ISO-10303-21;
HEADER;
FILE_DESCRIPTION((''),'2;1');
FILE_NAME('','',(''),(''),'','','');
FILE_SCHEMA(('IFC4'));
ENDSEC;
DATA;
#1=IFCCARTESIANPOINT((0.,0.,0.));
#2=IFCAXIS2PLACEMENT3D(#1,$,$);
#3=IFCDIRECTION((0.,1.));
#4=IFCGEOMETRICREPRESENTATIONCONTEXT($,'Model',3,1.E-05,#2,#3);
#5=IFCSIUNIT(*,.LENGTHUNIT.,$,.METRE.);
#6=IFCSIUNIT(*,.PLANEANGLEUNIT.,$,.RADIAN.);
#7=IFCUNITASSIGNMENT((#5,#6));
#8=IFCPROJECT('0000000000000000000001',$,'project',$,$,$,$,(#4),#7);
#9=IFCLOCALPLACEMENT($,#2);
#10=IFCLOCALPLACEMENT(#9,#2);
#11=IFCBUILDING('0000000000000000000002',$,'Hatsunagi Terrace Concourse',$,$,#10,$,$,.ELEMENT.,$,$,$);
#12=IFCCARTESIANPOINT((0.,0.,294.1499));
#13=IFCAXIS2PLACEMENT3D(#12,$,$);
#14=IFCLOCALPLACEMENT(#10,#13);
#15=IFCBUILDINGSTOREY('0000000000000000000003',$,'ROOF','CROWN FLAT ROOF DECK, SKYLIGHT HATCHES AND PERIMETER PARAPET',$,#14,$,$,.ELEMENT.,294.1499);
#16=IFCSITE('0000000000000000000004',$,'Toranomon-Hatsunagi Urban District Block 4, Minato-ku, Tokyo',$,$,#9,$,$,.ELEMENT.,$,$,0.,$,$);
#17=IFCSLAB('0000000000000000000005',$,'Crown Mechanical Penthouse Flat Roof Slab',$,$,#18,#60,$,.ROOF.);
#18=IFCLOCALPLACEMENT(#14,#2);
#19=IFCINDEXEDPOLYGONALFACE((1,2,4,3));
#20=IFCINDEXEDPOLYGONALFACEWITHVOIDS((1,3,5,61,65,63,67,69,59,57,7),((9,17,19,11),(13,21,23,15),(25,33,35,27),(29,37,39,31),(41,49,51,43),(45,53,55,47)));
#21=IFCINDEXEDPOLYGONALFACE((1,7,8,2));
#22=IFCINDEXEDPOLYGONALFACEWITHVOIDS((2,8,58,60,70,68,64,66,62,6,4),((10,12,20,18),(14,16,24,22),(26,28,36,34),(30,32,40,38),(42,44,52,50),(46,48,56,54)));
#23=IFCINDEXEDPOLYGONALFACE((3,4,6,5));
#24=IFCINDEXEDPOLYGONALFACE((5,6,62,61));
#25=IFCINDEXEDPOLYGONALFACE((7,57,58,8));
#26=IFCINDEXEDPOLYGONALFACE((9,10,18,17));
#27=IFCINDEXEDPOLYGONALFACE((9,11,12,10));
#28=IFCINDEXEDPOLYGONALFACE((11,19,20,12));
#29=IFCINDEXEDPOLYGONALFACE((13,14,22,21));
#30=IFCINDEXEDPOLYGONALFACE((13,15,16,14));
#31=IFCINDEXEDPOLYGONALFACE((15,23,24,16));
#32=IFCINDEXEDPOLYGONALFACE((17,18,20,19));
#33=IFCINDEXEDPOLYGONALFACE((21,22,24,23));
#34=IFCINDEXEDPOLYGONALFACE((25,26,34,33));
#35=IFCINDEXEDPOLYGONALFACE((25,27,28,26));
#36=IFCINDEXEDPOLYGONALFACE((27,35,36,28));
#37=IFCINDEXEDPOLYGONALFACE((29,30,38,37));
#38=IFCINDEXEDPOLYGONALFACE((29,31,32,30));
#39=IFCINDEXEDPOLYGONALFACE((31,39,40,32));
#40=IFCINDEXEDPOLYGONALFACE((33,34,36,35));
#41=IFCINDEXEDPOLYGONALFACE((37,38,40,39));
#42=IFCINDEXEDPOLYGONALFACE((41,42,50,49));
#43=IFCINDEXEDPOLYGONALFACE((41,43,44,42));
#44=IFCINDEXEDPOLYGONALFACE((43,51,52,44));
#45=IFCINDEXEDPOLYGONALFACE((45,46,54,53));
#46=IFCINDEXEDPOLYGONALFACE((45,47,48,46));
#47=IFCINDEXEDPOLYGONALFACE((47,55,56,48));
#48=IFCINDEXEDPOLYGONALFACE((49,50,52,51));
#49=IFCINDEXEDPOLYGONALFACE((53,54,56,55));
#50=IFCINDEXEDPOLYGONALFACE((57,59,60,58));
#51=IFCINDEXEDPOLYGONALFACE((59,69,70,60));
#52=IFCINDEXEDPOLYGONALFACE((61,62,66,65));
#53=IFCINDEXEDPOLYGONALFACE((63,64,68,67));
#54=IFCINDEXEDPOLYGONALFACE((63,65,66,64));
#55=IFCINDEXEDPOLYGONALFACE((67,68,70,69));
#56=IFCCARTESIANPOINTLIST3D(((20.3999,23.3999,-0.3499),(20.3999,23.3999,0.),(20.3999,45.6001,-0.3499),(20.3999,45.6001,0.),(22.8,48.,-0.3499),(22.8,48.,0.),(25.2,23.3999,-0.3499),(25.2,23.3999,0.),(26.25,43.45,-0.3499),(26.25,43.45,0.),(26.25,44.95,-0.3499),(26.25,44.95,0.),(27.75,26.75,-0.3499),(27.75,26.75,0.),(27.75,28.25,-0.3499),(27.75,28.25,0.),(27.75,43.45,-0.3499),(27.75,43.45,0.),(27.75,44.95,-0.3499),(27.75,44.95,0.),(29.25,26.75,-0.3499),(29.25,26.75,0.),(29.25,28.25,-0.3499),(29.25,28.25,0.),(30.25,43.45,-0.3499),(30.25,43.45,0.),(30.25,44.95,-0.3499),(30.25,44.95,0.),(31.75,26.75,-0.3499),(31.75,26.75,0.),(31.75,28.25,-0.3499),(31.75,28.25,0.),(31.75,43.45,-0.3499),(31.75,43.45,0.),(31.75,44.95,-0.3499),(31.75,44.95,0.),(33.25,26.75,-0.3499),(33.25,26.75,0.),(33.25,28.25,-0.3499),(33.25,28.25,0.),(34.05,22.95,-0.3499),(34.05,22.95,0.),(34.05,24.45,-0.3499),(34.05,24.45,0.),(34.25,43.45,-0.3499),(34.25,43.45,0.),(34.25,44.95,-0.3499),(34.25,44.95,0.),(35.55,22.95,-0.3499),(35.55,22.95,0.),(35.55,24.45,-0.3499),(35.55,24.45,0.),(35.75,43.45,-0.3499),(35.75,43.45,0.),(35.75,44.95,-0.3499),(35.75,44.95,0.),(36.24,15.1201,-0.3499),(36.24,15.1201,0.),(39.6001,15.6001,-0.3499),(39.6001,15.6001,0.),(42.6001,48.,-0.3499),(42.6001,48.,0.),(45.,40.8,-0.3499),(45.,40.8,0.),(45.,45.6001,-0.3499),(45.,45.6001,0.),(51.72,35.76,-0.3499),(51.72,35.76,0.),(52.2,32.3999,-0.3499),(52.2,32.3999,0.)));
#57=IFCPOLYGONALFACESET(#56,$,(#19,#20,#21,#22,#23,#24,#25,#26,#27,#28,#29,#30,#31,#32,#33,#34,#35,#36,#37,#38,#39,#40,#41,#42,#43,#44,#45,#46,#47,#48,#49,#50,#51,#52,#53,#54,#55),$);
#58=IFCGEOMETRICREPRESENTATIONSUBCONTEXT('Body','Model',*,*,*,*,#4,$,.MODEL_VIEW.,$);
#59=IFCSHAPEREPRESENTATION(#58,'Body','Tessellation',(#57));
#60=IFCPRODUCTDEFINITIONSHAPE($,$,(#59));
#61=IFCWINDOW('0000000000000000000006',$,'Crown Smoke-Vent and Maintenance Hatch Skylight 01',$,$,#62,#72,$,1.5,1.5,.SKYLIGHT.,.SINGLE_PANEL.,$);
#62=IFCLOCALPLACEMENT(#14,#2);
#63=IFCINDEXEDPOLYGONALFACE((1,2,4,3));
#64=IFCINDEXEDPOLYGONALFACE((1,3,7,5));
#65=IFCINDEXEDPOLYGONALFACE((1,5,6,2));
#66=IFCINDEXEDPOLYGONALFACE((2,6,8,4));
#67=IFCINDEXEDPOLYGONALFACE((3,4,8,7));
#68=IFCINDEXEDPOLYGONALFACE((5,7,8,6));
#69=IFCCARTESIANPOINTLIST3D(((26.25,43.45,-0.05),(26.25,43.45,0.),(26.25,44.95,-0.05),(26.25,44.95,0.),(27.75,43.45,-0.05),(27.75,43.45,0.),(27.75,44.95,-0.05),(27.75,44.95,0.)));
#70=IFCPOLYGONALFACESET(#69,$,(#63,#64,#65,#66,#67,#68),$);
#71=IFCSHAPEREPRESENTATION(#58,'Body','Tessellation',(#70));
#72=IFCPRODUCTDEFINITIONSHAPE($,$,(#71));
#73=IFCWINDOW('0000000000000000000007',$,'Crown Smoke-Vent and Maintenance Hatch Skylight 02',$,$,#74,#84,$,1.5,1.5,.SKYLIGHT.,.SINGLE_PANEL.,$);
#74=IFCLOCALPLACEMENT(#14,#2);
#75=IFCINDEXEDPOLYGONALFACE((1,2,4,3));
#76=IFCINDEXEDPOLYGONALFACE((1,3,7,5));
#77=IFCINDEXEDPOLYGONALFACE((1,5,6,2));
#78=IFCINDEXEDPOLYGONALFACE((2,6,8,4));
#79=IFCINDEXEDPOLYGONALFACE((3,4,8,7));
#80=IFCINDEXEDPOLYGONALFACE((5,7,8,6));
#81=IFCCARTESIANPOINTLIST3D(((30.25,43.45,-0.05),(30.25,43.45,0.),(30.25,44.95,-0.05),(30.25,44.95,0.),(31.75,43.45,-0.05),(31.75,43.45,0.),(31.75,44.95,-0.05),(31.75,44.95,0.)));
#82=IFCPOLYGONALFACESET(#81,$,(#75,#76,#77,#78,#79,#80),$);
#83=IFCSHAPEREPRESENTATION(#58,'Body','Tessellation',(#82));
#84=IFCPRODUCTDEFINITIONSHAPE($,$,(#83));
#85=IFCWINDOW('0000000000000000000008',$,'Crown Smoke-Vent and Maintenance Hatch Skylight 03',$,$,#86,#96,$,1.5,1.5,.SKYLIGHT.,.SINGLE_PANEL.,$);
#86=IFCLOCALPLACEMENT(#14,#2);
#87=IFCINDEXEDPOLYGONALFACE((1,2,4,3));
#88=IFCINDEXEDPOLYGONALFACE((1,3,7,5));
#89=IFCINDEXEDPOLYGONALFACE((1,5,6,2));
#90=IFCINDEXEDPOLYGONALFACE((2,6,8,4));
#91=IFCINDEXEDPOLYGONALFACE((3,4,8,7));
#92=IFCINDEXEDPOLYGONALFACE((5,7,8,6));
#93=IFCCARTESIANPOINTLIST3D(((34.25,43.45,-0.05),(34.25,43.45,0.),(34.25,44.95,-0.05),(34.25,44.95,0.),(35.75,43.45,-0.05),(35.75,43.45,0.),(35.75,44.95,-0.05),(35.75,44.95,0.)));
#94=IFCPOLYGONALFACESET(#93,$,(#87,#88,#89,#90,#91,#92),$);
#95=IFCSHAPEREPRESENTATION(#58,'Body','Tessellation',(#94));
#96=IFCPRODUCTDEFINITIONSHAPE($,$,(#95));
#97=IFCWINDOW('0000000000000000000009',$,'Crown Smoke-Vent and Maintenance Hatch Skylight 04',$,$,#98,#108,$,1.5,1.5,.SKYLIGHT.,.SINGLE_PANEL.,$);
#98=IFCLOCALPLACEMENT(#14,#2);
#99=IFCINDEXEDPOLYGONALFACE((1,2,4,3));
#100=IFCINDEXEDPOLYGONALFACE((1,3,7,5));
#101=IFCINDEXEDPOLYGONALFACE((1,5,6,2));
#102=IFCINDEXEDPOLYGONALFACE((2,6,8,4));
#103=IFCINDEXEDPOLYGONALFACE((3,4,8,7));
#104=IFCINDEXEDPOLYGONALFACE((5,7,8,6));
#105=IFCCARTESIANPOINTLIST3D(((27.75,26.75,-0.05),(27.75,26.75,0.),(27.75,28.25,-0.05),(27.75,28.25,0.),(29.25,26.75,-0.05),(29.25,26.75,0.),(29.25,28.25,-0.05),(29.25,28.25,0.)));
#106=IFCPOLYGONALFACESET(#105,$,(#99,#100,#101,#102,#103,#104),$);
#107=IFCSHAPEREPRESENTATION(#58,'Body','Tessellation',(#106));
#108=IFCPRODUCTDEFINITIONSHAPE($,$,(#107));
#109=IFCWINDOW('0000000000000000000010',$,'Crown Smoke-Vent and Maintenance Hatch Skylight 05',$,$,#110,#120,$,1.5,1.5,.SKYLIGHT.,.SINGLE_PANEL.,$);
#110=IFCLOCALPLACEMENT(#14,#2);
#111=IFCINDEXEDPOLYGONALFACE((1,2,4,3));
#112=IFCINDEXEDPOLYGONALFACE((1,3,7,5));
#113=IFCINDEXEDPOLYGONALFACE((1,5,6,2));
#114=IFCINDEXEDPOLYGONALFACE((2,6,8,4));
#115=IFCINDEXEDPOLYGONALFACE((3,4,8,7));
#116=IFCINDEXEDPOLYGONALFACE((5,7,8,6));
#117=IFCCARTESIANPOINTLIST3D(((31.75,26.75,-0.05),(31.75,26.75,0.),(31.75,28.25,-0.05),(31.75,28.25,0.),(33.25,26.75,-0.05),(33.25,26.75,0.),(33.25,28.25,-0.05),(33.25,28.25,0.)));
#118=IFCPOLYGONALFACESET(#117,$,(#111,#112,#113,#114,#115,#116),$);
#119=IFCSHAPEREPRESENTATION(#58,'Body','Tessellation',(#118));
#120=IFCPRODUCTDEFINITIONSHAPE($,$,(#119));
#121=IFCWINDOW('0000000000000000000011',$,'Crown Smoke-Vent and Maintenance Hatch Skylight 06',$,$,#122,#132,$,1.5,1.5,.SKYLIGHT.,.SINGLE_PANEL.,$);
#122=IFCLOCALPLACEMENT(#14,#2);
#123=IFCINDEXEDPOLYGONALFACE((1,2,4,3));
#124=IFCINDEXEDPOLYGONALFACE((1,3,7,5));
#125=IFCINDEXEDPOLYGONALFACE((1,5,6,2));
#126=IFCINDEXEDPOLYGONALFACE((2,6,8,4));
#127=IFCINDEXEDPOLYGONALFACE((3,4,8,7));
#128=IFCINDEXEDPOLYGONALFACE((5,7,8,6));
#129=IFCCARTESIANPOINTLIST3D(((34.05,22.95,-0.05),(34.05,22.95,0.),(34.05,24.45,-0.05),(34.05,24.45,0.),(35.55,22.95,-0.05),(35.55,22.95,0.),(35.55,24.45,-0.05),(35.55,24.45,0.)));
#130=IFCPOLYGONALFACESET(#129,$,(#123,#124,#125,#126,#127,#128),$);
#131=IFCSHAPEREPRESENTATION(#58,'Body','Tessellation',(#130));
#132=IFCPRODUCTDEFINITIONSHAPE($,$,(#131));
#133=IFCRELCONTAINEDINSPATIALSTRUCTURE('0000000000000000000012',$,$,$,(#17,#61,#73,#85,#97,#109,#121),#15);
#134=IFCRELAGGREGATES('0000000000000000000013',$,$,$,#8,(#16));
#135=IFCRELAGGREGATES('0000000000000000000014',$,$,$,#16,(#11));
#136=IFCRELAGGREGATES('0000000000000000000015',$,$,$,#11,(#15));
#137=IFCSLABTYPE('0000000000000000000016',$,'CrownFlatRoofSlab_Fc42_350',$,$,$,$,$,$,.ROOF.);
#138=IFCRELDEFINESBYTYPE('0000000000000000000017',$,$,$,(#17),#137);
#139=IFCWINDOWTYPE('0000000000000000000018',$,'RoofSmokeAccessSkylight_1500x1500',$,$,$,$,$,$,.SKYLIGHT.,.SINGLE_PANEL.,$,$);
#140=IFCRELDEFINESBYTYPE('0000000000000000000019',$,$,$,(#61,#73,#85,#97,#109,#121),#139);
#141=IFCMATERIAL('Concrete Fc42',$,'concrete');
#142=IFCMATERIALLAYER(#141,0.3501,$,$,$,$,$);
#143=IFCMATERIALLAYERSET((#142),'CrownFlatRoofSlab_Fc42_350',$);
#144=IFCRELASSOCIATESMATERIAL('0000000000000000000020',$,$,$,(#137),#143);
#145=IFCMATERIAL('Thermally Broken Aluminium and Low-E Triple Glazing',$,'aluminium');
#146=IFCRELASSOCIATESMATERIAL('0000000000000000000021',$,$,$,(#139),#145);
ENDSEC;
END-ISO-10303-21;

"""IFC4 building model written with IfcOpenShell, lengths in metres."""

from ifc_helpers import new_model, si_unit, direction, frame, origin, origin_2d, place, context, subcontext, project, spatial, polyline, rectangle, outline, extrude, material, layer, layer_set, type_object, element, fill, save


model = new_model("IFC4")

# Units and contexts
model_context = context("Model", 3, precision=1e-05, world=origin(), true_north=direction((0.0, 1.0)))
body_context = subcontext(model_context, "Body", "Model", "MODEL_VIEW")
ifc_project = project(units=[si_unit("LENGTHUNIT", "METRE"), si_unit("PLANEANGLEUNIT", "RADIAN")], contexts=[model_context])

# Site, building, storey
site_placement = place(None, origin())
site = spatial("IfcSite", under=ifc_project, at=site_placement, Name="Toranomon-Hatsunagi Urban District Block 4, Minato-ku, Tokyo", CompositionType="ELEMENT", RefElevation=0.0)
building_placement = place(site_placement, origin())
building = spatial("IfcBuilding", under=site, at=building_placement, Name="Hatsunagi Terrace Concourse", CompositionType="ELEMENT")
storey_placement = place(building_placement, frame((0.0, 0.0, 294.1499)))
storey = spatial("IfcBuildingStorey", under=building, at=storey_placement, Name="ROOF", Description="CROWN FLAT ROOF DECK, SKYLIGHT HATCHES AND PERIMETER PARAPET", CompositionType="ELEMENT", Elevation=294.1499)

# Slab, openings, windows
ifc_material_1 = material(Name="Concrete Fc42", Category="concrete")
ifc_layer_1 = layer(ifc_material_1, 0.3501)
ifc_layer_set_1 = layer_set([ifc_layer_1], Name="CrownFlatRoofSlab_Fc42_350")
slab_type = type_object("IfcSlabType", Name="CrownFlatRoofSlab_Fc42_350", PredefinedType="ROOF", material=ifc_layer_set_1)
slab_placement = place(storey_placement, frame((0.0, 0.0, -0.3499)))
slab = element("IfcSlab", 1, at=slab_placement, inside=storey, type_object=slab_type, Name="Crown Mechanical Penthouse Flat Roof Slab", PredefinedType="ROOF", context=body_context, shape_type="SweptSolid", body=[
    extrude(outline(polyline([(45.0, 40.8), (45.0, 45.6001), (42.6001, 48.0), (22.8, 48.0), (20.3999, 45.6001), (20.3999, 23.3999), (25.2, 23.3999), (36.24, 15.1201), (39.6001, 15.6001), (52.2, 32.3999), (51.72, 35.76), (45.0, 40.8)]), holes=[polyline([(26.25, 43.45), (27.75, 43.45), (27.75, 44.95), (26.25, 44.95), (26.25, 43.45)]), polyline([(30.25, 43.45), (31.75, 43.45), (31.75, 44.95), (30.25, 44.95), (30.25, 43.45)]), polyline([(34.25, 43.45), (35.75, 43.45), (35.75, 44.95), (34.25, 44.95), (34.25, 43.45)]), polyline([(27.75, 26.75), (29.25, 26.75), (29.25, 28.25), (27.75, 28.25), (27.75, 26.75)]), polyline([(31.75, 26.75), (33.25, 26.75), (33.25, 28.25), (31.75, 28.25), (31.75, 26.75)]), polyline([(34.05, 22.95), (35.55, 22.95), (35.55, 24.45), (34.05, 24.45), (34.05, 22.95)])]), origin(), (0.0, 0.0, 1.0), 0.3499),
])
opening_1_placement = place(slab_placement, frame((27.0, 44.2, 0.0)))
opening_1 = element("IfcOpeningElement", 2, at=opening_1_placement, cuts=slab, PredefinedType="OPENING", context=body_context, shape_type="SweptSolid", body=[
    extrude(rectangle(XDim=1.5, YDim=1.5, at=origin_2d()), origin(), (0.0, 0.0, 1.0), 0.3499),
])
opening_2_placement = place(slab_placement, frame((31.0, 44.2, 0.0)))
opening_2 = element("IfcOpeningElement", 3, at=opening_2_placement, cuts=slab, PredefinedType="OPENING", context=body_context, shape_type="SweptSolid", body=[
    extrude(rectangle(XDim=1.5, YDim=1.5, at=origin_2d()), origin(), (0.0, 0.0, 1.0), 0.3499),
])
opening_3_placement = place(slab_placement, frame((35.0, 44.2, 0.0)))
opening_3 = element("IfcOpeningElement", 4, at=opening_3_placement, cuts=slab, PredefinedType="OPENING", context=body_context, shape_type="SweptSolid", body=[
    extrude(rectangle(XDim=1.5, YDim=1.5, at=origin_2d()), origin(), (0.0, 0.0, 1.0), 0.3499),
])
opening_4_placement = place(slab_placement, frame((28.5, 27.5, 0.0)))
opening_4 = element("IfcOpeningElement", 5, at=opening_4_placement, cuts=slab, PredefinedType="OPENING", context=body_context, shape_type="SweptSolid", body=[
    extrude(rectangle(XDim=1.5, YDim=1.5, at=origin_2d()), origin(), (0.0, 0.0, 1.0), 0.3499),
])
opening_5_placement = place(slab_placement, frame((32.5, 27.5, 0.0)))
opening_5 = element("IfcOpeningElement", 6, at=opening_5_placement, cuts=slab, PredefinedType="OPENING", context=body_context, shape_type="SweptSolid", body=[
    extrude(rectangle(XDim=1.5, YDim=1.5, at=origin_2d()), origin(), (0.0, 0.0, 1.0), 0.3499),
])
opening_6_placement = place(slab_placement, frame((34.8, 23.7, 0.0)))
opening_6 = element("IfcOpeningElement", 7, at=opening_6_placement, cuts=slab, PredefinedType="OPENING", context=body_context, shape_type="SweptSolid", body=[
    extrude(rectangle(XDim=1.5, YDim=1.5, at=origin_2d()), origin(), (0.0, 0.0, 1.0), 0.3499),
])
ifc_material_2 = material(Name="Thermally Broken Aluminium and Low-E Triple Glazing", Category="aluminium")
window_type = type_object("IfcWindowType", Name="RoofSmokeAccessSkylight_1500x1500", PartitioningType="SINGLE_PANEL", PredefinedType="SKYLIGHT", material=ifc_material_2)
window_1_placement = place(opening_1_placement, frame((0.0, 0.0, 0.2998)))
window_1 = element("IfcWindow", 8, at=window_1_placement, inside=storey, type_object=window_type, Name="Crown Smoke-Vent and Maintenance Hatch Skylight 01", OverallHeight=1.5, OverallWidth=1.5, PartitioningType="SINGLE_PANEL", PredefinedType="SKYLIGHT", context=body_context, shape_type="SweptSolid", body=[
    extrude(rectangle(XDim=1.5, YDim=1.5, at=origin_2d()), origin(), (0.0, 0.0, 1.0), 0.05),
])
fill(opening_1, window_1)
window_2_placement = place(opening_2_placement, frame((0.0, 0.0, 0.2998)))
window_2 = element("IfcWindow", 9, at=window_2_placement, inside=storey, type_object=window_type, Name="Crown Smoke-Vent and Maintenance Hatch Skylight 02", OverallHeight=1.5, OverallWidth=1.5, PartitioningType="SINGLE_PANEL", PredefinedType="SKYLIGHT", context=body_context, shape_type="SweptSolid", body=[
    extrude(rectangle(XDim=1.5, YDim=1.5, at=origin_2d()), origin(), (0.0, 0.0, 1.0), 0.05),
])
fill(opening_2, window_2)
window_3_placement = place(opening_3_placement, frame((0.0, 0.0, 0.2998)))
window_3 = element("IfcWindow", 10, at=window_3_placement, inside=storey, type_object=window_type, Name="Crown Smoke-Vent and Maintenance Hatch Skylight 03", OverallHeight=1.5, OverallWidth=1.5, PartitioningType="SINGLE_PANEL", PredefinedType="SKYLIGHT", context=body_context, shape_type="SweptSolid", body=[
    extrude(rectangle(XDim=1.5, YDim=1.5, at=origin_2d()), origin(), (0.0, 0.0, 1.0), 0.05),
])
fill(opening_3, window_3)
window_4_placement = place(opening_4_placement, frame((0.0, 0.0, 0.2998)))
window_4 = element("IfcWindow", 11, at=window_4_placement, inside=storey, type_object=window_type, Name="Crown Smoke-Vent and Maintenance Hatch Skylight 04", OverallHeight=1.5, OverallWidth=1.5, PartitioningType="SINGLE_PANEL", PredefinedType="SKYLIGHT", context=body_context, shape_type="SweptSolid", body=[
    extrude(rectangle(XDim=1.5, YDim=1.5, at=origin_2d()), origin(), (0.0, 0.0, 1.0), 0.05),
])
fill(opening_4, window_4)
window_5_placement = place(opening_5_placement, frame((0.0, 0.0, 0.2998)))
window_5 = element("IfcWindow", 12, at=window_5_placement, inside=storey, type_object=window_type, Name="Crown Smoke-Vent and Maintenance Hatch Skylight 05", OverallHeight=1.5, OverallWidth=1.5, PartitioningType="SINGLE_PANEL", PredefinedType="SKYLIGHT", context=body_context, shape_type="SweptSolid", body=[
    extrude(rectangle(XDim=1.5, YDim=1.5, at=origin_2d()), origin(), (0.0, 0.0, 1.0), 0.05),
])
fill(opening_5, window_5)
window_6_placement = place(opening_6_placement, frame((0.0, 0.0, 0.2998)))
window_6 = element("IfcWindow", 13, at=window_6_placement, inside=storey, type_object=window_type, Name="Crown Smoke-Vent and Maintenance Hatch Skylight 06", OverallHeight=1.5, OverallWidth=1.5, PartitioningType="SINGLE_PANEL", PredefinedType="SKYLIGHT", context=body_context, shape_type="SweptSolid", body=[
    extrude(rectangle(XDim=1.5, YDim=1.5, at=origin_2d()), origin(), (0.0, 0.0, 1.0), 0.05),
])
fill(opening_6, window_6)

save(model, "model.ifc")
